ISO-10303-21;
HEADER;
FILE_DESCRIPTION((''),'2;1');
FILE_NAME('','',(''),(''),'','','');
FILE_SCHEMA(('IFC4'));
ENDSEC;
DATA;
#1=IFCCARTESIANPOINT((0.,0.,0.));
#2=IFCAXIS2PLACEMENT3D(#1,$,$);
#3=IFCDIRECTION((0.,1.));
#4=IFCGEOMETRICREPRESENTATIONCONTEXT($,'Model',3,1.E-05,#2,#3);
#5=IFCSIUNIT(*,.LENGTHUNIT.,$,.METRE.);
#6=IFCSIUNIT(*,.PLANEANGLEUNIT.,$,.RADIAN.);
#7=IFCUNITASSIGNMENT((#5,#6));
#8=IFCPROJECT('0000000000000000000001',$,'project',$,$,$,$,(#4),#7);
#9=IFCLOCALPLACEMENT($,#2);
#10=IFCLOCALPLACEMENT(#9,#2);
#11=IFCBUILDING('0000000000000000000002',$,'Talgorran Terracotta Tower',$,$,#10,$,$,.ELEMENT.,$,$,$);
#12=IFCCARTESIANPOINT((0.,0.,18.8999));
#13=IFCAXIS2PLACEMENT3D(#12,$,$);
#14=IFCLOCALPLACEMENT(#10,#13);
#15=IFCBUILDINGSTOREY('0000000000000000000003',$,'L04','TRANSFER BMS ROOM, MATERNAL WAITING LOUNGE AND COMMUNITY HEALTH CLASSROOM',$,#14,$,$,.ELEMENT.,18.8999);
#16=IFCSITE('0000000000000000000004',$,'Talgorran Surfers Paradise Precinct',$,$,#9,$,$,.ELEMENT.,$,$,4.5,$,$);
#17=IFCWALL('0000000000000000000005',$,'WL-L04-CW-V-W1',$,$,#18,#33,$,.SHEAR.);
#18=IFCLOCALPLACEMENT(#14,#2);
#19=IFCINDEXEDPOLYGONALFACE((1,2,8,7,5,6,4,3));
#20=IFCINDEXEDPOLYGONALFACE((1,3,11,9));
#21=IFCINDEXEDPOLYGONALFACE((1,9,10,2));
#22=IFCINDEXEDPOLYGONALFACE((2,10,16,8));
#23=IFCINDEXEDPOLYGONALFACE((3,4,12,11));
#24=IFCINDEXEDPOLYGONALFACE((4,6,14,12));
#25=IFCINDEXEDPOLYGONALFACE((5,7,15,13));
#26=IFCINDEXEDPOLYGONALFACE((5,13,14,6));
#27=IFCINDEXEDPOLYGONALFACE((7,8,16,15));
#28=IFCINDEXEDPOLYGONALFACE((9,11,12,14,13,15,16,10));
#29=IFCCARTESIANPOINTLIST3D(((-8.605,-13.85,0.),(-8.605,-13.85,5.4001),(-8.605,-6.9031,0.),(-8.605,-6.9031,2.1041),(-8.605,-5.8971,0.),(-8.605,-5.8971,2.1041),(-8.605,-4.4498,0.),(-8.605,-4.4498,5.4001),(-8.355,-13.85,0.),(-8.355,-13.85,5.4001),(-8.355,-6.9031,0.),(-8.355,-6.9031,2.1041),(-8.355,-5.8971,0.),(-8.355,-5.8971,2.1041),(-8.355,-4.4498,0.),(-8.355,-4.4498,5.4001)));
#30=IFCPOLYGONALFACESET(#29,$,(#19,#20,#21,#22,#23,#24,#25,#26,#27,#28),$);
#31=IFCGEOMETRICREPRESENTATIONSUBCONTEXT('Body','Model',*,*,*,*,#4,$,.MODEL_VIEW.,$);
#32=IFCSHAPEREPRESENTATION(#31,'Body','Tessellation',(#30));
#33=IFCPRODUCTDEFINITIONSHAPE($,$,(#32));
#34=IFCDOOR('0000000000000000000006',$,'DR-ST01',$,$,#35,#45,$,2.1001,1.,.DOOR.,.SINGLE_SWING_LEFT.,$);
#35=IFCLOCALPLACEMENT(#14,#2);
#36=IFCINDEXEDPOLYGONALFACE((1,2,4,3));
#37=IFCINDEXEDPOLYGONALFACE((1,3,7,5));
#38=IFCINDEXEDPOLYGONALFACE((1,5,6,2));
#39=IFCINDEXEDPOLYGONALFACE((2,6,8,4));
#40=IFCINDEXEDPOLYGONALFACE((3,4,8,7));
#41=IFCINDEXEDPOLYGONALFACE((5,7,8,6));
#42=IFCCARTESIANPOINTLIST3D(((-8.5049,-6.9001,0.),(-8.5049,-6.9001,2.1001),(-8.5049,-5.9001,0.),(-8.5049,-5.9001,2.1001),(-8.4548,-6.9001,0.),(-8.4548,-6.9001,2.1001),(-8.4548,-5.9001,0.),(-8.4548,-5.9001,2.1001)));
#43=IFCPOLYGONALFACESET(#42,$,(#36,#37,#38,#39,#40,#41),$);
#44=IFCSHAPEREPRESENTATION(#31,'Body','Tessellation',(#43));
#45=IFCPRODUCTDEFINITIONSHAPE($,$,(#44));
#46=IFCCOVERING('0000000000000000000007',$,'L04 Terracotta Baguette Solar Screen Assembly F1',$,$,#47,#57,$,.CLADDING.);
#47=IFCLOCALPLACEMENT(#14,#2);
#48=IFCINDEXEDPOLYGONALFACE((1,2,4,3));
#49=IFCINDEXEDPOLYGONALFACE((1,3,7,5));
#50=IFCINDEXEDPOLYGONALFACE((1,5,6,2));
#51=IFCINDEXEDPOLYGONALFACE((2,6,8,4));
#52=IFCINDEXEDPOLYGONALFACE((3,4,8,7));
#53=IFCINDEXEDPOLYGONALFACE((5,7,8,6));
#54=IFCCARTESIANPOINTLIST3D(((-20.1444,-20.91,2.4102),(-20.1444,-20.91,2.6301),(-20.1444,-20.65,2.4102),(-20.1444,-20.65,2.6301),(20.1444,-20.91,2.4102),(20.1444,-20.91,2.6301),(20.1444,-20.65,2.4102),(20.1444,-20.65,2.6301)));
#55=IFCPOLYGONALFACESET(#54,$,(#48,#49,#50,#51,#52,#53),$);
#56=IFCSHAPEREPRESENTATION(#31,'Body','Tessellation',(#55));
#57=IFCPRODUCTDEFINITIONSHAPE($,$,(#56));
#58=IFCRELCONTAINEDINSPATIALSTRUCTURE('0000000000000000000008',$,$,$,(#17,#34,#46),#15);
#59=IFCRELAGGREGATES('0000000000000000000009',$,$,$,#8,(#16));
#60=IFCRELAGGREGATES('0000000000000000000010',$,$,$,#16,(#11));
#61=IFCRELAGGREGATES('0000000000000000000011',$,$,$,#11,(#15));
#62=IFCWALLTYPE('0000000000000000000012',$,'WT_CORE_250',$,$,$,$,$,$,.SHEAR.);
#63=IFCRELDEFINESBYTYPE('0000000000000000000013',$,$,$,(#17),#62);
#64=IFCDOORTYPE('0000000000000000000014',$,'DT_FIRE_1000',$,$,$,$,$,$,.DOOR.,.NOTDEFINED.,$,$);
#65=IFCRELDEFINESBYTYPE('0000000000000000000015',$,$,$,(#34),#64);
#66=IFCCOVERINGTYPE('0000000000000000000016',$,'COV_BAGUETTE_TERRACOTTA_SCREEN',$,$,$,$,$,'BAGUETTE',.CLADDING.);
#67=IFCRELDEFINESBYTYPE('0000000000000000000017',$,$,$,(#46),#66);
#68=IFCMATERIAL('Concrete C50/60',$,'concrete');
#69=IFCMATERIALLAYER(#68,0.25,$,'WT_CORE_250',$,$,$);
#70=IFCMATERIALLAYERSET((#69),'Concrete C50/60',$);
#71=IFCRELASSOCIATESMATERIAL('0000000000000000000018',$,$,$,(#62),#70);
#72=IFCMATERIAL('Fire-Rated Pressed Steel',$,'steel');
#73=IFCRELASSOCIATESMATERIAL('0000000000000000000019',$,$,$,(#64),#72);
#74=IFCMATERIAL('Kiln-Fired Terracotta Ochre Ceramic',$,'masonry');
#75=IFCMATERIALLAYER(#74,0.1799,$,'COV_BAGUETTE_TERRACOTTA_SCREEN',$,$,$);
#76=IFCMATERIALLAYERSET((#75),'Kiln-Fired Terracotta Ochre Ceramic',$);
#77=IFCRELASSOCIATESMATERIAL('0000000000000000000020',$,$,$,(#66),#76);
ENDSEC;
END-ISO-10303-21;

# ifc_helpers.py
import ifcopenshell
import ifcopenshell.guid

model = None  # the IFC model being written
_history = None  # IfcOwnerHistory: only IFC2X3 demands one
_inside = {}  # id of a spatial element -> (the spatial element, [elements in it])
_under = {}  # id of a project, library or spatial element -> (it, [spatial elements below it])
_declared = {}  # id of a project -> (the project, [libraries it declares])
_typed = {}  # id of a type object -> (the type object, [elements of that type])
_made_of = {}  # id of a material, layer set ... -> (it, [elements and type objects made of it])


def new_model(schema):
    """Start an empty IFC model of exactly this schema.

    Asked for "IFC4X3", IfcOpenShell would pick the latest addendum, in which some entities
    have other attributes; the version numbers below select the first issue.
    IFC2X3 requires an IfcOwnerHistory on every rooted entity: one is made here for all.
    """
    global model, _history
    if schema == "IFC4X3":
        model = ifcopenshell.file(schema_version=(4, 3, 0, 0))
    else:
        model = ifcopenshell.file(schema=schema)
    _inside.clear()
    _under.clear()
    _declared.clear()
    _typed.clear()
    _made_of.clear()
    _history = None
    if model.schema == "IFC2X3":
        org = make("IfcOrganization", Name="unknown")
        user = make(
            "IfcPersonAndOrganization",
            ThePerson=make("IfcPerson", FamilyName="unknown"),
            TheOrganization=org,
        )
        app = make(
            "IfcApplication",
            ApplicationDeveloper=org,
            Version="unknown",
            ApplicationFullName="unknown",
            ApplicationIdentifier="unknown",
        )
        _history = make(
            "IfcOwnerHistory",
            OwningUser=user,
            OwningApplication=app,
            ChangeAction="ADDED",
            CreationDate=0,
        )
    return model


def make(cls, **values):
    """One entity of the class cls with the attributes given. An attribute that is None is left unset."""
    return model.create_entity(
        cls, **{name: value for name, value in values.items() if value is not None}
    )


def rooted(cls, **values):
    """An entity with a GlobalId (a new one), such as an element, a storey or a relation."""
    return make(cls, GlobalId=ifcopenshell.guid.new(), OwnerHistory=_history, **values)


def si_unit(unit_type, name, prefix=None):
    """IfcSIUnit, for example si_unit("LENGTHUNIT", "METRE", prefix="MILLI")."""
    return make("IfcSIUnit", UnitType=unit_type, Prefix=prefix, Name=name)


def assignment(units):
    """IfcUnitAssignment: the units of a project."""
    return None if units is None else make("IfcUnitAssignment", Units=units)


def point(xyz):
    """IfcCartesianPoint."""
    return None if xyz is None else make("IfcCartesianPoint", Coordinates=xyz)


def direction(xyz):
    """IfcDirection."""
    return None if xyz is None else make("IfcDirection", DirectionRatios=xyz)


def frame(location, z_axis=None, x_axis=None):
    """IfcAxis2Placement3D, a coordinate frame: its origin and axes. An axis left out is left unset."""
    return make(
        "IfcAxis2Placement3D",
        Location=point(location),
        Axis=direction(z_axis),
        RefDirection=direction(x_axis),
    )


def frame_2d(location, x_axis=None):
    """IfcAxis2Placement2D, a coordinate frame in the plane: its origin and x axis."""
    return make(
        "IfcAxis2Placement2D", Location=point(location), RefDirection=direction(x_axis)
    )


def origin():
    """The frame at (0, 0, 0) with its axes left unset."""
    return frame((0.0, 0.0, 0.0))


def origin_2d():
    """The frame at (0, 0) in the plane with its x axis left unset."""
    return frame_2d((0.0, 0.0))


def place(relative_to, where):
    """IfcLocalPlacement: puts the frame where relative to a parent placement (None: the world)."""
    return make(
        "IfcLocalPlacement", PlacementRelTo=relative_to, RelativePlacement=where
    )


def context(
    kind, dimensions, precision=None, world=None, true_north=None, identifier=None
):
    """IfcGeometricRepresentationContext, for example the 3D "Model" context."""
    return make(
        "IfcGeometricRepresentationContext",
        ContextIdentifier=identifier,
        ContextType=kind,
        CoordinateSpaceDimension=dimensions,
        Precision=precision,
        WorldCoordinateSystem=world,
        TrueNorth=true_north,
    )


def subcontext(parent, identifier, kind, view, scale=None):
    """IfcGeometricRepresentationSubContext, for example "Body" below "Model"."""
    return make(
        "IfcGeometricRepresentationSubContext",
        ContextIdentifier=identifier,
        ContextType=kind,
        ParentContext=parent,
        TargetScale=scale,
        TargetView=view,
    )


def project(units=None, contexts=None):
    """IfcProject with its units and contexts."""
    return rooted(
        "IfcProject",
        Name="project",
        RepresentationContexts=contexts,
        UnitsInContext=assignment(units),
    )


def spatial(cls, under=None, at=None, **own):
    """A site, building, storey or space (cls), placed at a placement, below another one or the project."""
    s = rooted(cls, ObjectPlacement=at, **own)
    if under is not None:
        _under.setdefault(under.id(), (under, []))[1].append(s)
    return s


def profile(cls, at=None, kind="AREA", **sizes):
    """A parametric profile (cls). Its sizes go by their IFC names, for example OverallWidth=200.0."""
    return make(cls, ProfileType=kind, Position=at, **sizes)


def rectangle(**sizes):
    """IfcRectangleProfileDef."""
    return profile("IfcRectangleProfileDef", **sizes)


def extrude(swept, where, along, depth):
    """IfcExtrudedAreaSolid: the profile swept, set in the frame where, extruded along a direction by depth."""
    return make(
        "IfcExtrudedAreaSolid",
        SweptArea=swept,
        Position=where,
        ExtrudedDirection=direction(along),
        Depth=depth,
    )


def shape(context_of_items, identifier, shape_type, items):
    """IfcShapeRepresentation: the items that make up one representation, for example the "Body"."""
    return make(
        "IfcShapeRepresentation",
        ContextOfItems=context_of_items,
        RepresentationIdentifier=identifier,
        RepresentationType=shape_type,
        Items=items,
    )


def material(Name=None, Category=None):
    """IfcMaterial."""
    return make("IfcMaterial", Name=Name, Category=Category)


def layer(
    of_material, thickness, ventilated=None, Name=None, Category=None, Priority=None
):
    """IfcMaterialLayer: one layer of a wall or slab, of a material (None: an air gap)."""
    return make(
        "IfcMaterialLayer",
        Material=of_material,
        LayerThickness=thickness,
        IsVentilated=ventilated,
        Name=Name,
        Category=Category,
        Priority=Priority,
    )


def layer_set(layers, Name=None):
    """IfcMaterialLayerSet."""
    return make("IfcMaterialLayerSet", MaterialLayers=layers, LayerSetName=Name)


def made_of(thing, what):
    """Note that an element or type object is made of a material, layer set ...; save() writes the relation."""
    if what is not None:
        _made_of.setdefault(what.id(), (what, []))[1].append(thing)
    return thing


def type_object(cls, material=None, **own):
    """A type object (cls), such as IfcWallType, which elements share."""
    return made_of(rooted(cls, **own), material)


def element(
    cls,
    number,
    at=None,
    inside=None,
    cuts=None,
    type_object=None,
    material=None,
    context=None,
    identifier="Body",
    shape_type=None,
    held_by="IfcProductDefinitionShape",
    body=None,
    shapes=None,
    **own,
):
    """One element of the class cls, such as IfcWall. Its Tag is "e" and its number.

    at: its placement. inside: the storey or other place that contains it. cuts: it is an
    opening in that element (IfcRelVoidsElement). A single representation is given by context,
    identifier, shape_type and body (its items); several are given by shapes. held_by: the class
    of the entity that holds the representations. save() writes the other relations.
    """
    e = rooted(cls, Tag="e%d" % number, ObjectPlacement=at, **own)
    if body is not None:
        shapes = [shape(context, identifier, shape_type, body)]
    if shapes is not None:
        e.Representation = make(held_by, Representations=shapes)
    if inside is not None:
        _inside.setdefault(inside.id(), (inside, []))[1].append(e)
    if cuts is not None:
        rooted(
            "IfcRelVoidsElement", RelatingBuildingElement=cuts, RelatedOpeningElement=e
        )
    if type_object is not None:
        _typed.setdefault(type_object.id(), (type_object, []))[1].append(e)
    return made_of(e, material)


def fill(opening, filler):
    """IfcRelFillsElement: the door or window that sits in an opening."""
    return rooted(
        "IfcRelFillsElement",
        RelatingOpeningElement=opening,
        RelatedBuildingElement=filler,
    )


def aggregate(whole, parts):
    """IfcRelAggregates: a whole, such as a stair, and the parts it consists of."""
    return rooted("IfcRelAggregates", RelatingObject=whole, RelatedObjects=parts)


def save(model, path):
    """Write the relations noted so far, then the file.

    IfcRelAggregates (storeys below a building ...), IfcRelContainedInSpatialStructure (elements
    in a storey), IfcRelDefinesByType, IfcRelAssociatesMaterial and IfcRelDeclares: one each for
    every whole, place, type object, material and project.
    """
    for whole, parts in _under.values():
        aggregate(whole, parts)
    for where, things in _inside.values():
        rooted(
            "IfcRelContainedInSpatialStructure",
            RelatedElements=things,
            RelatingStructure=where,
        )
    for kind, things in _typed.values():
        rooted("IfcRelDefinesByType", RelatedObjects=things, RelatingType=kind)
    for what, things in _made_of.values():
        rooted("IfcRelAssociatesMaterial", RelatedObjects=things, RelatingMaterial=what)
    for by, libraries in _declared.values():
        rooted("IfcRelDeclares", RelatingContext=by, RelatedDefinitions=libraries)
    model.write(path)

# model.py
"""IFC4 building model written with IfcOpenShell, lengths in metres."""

from ifc_helpers import new_model, si_unit, direction, frame, frame_2d, origin, origin_2d, place, context, subcontext, project, spatial, rectangle, extrude, material, layer, layer_set, type_object, element, fill, save


model = new_model("IFC4")

# Units and contexts
model_context = context("Model", 3, precision=1e-05, world=origin(), true_north=direction((0.0, 1.0)))
body_context = subcontext(model_context, "Body", "Model", "MODEL_VIEW")
ifc_project = project(units=[si_unit("LENGTHUNIT", "METRE"), si_unit("PLANEANGLEUNIT", "RADIAN")], contexts=[model_context])

# Site, building, storey
site_placement = place(None, origin())
site = spatial("IfcSite", under=ifc_project, at=site_placement, Name="Talgorran Surfers Paradise Precinct", CompositionType="ELEMENT", RefElevation=4.5)
building_placement = place(site_placement, origin())
building = spatial("IfcBuilding", under=site, at=building_placement, Name="Talgorran Terracotta Tower", CompositionType="ELEMENT")
storey_placement = place(building_placement, frame((0.0, 0.0, 18.8999)))
storey = spatial("IfcBuildingStorey", under=building, at=storey_placement, Name="L04", Description="TRANSFER BMS ROOM, MATERNAL WAITING LOUNGE AND COMMUNITY HEALTH CLASSROOM", CompositionType="ELEMENT", Elevation=18.8999)

# Wall, opening, door
ifc_material_1 = material(Name="Concrete C50/60", Category="concrete")
ifc_layer_1 = layer(ifc_material_1, 0.25, Name="WT_CORE_250")
ifc_layer_set_1 = layer_set([ifc_layer_1], Name="Concrete C50/60")
wall_type = type_object("IfcWallType", Name="WT_CORE_250", PredefinedType="SHEAR", material=ifc_layer_set_1)
wall_placement = place(storey_placement, frame((-8.48, -13.8501, 0.0), z_axis=(0.0, 0.0, 1.0), x_axis=(0.0, 1.0, 0.0)))
wall = element("IfcWall", 1, at=wall_placement, inside=storey, type_object=wall_type, Name="WL-L04-CW-V-W1", PredefinedType="SHEAR", context=body_context, shape_type="SweptSolid", body=[
    extrude(rectangle(XDim=9.4001, YDim=0.25, at=frame_2d((4.7002, 0.0))), origin(), (0.0, 0.0, 1.0), 5.4001),
])
opening_placement = place(wall_placement, frame((6.95, 0.0, 0.0)))
opening = element("IfcOpeningElement", 2, at=opening_placement, cuts=wall, PredefinedType="OPENING", context=body_context, shape_type="SweptSolid", body=[
    extrude(rectangle(XDim=1.006, YDim=2.1041, at=frame_2d((0.5, 1.052))), frame((0.0, 0.135, 0.0), z_axis=(0.0, -1.0, 0.0), x_axis=(1.0, 0.0, 0.0)), (0.0, 0.0, 1.0), 0.27),
])
ifc_material_2 = material(Name="Fire-Rated Pressed Steel", Category="steel")
door_type = type_object("IfcDoorType", Name="DT_FIRE_1000", OperationType="NOTDEFINED", PredefinedType="DOOR", material=ifc_material_2)
door_placement = place(opening_placement, origin())
door = element("IfcDoor", 3, at=door_placement, inside=storey, type_object=door_type, Name="DR-ST01", OperationType="SINGLE_SWING_LEFT", OverallHeight=2.1001, OverallWidth=1.0, PredefinedType="DOOR", context=body_context, shape_type="SweptSolid", body=[
    extrude(rectangle(XDim=1.0, YDim=2.1001, at=frame_2d((0.5, 1.05))), frame((0.0, 0.0249, 0.0), z_axis=(0.0, -1.0, 0.0), x_axis=(1.0, 0.0, 0.0)), (0.0, 0.0, 1.0), 0.05),
])
fill(opening, door)

# Covering
ifc_material_3 = material(Name="Kiln-Fired Terracotta Ochre Ceramic", Category="masonry")
ifc_layer_2 = layer(ifc_material_3, 0.1799, Name="COV_BAGUETTE_TERRACOTTA_SCREEN")
ifc_layer_set_2 = layer_set([ifc_layer_2], Name="Kiln-Fired Terracotta Ochre Ceramic")
covering_type = type_object("IfcCoveringType", Name="COV_BAGUETTE_TERRACOTTA_SCREEN", ElementType="BAGUETTE", PredefinedType="CLADDING", material=ifc_layer_set_2)
covering_placement = place(storey_placement, frame((0.0, -20.78, 2.4102), z_axis=(0.0, 0.0, 1.0), x_axis=(1.0, 0.0, 0.0)))
element("IfcCovering", 4, at=covering_placement, inside=storey, type_object=covering_type, Name="L04 Terracotta Baguette Solar Screen Assembly F1", PredefinedType="CLADDING", context=body_context, shape_type="SweptSolid", body=[
    extrude(rectangle(XDim=40.2888, YDim=0.26, at=origin_2d()), origin(), (0.0, 0.0, 1.0), 0.22),
])

save(model, "model.ifc")
